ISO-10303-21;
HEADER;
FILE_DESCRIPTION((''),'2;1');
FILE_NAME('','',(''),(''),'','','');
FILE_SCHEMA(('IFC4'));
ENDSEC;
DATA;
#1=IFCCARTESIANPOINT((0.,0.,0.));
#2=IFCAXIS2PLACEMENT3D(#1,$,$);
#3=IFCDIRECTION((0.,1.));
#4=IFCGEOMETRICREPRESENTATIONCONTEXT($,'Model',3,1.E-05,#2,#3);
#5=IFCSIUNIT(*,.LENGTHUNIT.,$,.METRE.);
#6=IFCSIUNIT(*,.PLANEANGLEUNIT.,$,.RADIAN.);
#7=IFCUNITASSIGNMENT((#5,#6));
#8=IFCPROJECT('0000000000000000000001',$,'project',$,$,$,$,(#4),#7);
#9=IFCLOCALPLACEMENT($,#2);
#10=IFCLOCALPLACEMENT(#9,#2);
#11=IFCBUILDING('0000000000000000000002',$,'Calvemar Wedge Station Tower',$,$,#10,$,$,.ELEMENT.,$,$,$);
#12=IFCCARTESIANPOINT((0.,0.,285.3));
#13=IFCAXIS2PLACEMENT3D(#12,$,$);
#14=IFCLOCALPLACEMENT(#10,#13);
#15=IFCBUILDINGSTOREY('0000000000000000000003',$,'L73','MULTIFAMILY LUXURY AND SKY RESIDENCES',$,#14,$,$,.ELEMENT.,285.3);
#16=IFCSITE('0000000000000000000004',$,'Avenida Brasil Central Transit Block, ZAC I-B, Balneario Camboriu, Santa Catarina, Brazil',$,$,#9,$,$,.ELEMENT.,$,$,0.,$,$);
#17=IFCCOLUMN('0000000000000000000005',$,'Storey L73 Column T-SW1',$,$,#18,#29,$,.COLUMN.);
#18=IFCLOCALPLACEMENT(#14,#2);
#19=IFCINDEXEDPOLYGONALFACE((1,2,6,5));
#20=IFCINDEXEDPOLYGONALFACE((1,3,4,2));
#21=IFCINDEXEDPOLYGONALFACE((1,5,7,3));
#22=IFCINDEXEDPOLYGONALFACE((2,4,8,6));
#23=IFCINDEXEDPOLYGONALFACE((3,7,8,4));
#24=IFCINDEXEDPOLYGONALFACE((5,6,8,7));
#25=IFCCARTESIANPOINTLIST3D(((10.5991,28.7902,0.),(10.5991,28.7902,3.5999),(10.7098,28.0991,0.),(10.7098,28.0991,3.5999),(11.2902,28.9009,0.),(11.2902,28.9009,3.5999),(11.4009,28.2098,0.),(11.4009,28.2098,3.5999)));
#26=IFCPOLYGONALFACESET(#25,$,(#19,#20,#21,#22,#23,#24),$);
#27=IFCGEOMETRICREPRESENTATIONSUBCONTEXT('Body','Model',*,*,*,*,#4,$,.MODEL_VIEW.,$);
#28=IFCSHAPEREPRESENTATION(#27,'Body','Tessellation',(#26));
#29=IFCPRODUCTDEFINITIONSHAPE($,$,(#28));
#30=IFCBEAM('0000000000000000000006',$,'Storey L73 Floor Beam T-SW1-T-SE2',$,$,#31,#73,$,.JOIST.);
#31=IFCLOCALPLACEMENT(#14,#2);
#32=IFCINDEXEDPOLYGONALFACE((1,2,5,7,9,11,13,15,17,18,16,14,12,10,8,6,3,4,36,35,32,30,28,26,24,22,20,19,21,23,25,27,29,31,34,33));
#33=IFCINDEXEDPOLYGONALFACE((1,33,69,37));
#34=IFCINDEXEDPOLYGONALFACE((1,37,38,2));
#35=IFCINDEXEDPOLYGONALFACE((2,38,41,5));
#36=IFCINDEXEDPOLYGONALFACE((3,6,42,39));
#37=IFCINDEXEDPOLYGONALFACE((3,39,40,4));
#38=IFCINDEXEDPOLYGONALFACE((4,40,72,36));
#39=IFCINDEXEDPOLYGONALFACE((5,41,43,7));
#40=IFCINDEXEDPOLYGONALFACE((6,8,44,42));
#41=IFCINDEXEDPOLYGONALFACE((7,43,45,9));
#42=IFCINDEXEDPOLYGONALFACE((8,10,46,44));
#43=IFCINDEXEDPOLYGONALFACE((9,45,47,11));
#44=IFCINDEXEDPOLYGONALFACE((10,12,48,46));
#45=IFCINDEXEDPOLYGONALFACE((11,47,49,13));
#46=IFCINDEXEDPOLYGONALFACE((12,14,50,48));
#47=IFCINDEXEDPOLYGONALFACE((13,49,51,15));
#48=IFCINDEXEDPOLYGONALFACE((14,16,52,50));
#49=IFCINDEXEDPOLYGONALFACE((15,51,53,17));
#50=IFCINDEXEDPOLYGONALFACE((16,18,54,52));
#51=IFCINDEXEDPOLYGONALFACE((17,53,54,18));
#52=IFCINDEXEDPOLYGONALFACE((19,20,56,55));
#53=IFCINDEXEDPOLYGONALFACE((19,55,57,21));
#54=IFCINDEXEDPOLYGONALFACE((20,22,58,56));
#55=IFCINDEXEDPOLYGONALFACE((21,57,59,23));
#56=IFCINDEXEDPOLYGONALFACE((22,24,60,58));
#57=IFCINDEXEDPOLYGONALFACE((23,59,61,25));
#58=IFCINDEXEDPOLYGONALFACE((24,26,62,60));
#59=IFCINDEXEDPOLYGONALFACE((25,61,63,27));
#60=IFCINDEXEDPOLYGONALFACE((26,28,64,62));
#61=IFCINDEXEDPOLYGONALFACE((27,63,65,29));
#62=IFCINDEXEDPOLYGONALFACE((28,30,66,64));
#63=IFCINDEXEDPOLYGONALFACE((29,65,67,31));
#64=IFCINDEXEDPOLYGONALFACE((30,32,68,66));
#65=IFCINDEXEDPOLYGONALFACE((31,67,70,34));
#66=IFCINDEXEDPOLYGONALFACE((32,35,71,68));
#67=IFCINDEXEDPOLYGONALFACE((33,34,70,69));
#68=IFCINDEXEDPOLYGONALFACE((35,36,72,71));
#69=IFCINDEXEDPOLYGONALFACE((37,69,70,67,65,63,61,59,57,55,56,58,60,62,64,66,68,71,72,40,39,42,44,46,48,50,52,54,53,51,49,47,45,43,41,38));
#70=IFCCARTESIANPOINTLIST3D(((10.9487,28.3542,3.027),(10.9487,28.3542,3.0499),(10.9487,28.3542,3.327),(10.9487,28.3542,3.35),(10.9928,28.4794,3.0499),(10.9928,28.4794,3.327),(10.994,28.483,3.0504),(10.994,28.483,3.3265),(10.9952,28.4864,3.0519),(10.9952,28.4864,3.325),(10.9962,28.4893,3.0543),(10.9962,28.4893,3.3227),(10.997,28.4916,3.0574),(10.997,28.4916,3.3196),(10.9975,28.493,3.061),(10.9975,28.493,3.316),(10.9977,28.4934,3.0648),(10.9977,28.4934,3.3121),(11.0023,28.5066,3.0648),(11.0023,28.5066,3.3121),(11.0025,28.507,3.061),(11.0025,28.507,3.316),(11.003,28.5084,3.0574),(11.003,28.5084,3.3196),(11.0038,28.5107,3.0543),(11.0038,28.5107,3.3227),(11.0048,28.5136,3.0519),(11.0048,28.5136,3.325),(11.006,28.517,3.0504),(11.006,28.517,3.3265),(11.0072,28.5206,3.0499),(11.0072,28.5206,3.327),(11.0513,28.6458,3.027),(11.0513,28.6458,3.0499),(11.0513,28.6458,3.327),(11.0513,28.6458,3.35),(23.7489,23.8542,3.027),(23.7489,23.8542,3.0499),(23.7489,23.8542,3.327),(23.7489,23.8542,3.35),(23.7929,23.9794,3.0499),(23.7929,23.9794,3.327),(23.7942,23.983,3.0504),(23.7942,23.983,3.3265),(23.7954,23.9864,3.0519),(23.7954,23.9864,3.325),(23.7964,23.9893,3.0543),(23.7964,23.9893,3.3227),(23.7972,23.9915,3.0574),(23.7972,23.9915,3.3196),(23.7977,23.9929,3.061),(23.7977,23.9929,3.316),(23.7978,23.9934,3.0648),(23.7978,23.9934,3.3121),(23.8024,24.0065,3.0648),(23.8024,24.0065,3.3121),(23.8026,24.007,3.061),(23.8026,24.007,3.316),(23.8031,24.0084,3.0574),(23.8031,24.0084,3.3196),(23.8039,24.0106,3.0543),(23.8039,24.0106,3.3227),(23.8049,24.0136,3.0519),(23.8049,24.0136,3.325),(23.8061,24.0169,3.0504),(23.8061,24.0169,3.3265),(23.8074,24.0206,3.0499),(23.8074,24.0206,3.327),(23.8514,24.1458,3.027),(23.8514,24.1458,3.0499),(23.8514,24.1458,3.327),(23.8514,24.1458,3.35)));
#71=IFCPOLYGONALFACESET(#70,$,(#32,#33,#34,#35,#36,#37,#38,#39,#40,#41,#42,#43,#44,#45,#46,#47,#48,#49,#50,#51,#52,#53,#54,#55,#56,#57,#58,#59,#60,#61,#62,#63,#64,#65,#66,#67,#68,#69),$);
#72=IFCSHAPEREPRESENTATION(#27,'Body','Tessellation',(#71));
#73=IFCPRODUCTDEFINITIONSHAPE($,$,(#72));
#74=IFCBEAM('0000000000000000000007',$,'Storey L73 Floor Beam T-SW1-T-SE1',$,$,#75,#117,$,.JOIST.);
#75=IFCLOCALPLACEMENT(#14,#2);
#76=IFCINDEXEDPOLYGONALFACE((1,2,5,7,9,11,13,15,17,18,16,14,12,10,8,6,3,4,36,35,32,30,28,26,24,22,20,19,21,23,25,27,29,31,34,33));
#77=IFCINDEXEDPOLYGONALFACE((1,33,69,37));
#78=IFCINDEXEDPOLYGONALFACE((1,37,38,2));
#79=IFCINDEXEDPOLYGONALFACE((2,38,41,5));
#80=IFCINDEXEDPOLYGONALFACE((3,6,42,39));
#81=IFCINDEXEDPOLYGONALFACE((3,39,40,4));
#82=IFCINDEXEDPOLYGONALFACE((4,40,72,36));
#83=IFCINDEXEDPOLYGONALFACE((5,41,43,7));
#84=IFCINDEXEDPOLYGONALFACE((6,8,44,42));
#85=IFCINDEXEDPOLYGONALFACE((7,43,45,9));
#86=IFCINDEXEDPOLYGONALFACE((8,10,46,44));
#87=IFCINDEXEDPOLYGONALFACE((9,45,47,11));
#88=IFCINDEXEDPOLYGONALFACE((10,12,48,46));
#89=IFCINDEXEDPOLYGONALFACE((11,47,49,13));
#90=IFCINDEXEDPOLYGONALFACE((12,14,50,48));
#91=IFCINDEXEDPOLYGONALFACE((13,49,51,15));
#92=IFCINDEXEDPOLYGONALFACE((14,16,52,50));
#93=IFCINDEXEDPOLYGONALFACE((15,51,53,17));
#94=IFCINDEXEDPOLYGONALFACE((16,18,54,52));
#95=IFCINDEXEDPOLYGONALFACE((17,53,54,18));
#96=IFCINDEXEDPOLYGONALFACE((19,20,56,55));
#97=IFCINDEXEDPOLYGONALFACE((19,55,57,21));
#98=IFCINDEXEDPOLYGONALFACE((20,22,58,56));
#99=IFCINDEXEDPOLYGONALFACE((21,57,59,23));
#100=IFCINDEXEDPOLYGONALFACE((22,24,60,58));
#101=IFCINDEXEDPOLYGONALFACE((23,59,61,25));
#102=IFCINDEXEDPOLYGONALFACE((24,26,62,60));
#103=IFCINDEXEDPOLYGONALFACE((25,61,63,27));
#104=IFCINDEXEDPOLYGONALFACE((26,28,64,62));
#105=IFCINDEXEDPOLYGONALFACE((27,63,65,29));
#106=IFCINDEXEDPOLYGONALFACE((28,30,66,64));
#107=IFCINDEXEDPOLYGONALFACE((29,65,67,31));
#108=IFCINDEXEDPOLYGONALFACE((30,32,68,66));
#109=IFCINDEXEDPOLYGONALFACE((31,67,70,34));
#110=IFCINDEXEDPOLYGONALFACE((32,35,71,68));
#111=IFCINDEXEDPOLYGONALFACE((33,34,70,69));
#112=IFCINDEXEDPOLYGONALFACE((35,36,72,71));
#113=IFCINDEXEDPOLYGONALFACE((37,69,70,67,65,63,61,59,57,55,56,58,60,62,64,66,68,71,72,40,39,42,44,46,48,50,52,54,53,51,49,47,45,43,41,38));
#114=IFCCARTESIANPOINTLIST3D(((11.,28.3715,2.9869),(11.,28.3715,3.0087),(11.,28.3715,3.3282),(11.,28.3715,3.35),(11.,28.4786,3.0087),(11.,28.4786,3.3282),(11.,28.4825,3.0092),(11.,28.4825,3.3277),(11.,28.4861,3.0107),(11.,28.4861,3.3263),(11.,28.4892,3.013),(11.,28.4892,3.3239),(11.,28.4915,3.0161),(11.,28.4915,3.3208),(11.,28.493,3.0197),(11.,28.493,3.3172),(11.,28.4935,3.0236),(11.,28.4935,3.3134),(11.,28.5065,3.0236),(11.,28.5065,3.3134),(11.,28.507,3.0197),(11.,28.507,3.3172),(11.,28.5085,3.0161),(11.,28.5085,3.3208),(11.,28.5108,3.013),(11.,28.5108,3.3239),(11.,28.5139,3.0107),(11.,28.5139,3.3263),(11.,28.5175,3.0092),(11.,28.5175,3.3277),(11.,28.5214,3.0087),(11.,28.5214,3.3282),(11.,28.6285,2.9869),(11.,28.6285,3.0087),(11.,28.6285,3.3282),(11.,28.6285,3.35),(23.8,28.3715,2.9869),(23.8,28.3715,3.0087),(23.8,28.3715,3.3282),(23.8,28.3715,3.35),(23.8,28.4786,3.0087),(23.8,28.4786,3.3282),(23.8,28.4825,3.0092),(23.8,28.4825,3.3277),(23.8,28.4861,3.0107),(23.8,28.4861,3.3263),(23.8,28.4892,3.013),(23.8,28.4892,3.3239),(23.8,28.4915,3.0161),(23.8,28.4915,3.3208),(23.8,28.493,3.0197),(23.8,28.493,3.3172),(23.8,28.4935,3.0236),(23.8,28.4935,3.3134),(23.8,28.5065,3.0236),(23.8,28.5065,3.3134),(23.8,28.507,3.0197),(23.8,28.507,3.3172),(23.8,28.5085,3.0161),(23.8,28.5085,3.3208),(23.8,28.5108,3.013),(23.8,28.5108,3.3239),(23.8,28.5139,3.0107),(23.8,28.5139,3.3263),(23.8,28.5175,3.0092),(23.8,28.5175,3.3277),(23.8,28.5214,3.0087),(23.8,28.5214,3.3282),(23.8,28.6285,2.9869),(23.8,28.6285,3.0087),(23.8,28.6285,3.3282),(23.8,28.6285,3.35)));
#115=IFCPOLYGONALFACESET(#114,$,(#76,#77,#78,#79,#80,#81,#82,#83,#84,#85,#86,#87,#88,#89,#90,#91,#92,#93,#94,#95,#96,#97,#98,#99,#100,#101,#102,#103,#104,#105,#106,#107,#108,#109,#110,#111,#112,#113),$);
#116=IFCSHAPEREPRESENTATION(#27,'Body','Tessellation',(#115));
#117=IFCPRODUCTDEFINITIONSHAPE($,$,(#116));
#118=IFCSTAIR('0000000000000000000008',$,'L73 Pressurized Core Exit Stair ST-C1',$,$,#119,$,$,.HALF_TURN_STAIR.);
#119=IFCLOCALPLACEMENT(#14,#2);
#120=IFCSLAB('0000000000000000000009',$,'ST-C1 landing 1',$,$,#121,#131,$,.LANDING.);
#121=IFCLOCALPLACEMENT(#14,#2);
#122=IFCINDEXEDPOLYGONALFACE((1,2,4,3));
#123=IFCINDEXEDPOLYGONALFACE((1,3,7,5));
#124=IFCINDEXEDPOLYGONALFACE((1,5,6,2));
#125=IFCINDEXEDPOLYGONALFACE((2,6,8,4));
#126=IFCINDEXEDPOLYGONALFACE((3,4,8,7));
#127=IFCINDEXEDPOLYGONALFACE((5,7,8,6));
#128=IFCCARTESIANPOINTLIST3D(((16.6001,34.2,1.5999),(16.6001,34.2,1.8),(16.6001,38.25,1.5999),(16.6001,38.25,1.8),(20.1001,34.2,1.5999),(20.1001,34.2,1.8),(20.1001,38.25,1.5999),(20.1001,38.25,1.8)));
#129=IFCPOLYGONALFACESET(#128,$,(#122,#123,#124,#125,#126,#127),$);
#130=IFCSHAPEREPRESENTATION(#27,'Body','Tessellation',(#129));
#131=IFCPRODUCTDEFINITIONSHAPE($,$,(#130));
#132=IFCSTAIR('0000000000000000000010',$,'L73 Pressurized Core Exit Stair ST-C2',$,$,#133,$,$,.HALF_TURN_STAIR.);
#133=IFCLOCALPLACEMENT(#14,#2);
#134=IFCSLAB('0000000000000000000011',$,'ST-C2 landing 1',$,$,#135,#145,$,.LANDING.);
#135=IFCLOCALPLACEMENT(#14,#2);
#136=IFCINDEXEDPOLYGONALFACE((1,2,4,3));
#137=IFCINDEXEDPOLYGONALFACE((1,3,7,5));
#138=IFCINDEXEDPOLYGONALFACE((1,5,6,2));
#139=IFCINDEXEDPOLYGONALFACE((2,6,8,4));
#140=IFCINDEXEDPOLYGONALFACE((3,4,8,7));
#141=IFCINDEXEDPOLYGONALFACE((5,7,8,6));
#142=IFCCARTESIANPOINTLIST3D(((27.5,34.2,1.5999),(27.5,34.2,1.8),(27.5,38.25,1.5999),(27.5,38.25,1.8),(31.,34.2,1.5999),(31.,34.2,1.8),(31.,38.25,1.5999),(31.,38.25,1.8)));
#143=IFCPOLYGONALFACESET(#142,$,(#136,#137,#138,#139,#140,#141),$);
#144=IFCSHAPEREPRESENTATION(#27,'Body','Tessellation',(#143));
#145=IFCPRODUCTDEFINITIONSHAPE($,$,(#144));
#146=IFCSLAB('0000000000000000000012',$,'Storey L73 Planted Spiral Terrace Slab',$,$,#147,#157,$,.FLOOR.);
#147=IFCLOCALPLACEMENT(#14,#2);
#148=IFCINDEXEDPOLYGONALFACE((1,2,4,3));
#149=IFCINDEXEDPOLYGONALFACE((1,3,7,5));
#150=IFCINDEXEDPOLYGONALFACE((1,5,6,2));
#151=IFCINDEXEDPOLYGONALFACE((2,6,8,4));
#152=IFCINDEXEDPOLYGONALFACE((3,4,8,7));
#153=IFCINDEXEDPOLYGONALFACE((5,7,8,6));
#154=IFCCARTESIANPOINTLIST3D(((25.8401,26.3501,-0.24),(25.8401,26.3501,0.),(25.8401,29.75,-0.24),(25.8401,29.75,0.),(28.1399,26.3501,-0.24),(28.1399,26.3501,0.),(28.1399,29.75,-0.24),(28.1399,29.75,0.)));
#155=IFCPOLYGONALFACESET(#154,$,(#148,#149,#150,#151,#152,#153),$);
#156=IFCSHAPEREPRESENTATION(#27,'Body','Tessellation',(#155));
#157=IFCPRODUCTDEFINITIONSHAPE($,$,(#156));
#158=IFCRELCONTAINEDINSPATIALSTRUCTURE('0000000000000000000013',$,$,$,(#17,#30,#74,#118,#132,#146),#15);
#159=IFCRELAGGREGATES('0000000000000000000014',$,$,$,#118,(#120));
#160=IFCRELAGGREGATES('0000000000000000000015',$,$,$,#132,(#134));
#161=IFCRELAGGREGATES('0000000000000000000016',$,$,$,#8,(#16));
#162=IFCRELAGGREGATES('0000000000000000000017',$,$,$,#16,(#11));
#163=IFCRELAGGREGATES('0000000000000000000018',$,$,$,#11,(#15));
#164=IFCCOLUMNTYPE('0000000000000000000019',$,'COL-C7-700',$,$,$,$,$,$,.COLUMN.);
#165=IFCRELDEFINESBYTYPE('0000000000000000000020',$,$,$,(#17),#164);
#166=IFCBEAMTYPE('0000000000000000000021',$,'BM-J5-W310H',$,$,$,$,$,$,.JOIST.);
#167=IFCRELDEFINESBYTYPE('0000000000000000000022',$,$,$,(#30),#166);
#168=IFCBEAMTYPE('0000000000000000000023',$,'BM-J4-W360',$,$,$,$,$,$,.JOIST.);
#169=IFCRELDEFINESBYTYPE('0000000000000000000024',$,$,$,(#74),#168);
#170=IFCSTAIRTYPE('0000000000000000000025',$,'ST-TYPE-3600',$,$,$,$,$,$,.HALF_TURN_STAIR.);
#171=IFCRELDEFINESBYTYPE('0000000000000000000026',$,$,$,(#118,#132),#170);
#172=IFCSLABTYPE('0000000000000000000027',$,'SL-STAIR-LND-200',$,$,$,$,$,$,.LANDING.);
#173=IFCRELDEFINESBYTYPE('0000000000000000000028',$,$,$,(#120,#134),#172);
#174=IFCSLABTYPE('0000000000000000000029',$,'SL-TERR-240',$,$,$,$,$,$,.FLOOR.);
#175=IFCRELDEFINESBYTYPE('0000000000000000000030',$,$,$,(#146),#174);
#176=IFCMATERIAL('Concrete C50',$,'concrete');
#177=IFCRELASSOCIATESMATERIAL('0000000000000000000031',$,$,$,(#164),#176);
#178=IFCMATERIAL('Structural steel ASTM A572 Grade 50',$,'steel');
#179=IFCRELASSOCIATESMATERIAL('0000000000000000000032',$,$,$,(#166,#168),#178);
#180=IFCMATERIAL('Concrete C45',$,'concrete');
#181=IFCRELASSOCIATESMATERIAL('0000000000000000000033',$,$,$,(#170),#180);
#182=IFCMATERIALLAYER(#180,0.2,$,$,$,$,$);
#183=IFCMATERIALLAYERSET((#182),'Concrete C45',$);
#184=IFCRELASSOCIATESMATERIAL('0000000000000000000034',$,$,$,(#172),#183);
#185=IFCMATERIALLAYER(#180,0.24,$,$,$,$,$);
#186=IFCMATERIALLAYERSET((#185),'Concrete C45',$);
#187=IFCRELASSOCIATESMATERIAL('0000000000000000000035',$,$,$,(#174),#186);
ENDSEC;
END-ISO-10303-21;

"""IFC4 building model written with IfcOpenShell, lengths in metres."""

from ifc_helpers import new_model, si_unit, direction, frame, origin, origin_2d, place, context, subcontext, project, spatial, polyline, rectangle, i_section, outline, extrude, source, transform, mapped, material, layer, layer_set, material_profile, profile_set, type_object, element, aggregate, save


model = new_model("IFC4")

# Units and contexts
model_context = context("Model", 3, precision=1e-05, world=origin(), true_north=direction((0.0, 1.0)))
body_context = subcontext(model_context, "Body", "Model", "MODEL_VIEW")
ifc_project = project(units=[si_unit("LENGTHUNIT", "METRE"), si_unit("PLANEANGLEUNIT", "RADIAN")], contexts=[model_context])

# Site, building, storey
site_placement = place(None, origin())
site = spatial("IfcSite", under=ifc_project, at=site_placement, Name="Avenida Brasil Central Transit Block, ZAC I-B, Balneario Camboriu, Santa Catarina, Brazil", CompositionType="ELEMENT", RefElevation=0.0)
building_placement = place(site_placement, origin())
building = spatial("IfcBuilding", under=site, at=building_placement, Name="Calvemar Wedge Station Tower", CompositionType="ELEMENT")
storey_placement = place(building_placement, frame((0.0, 0.0, 285.3)))
storey = spatial("IfcBuildingStorey", under=building, at=storey_placement, Name="L73", Description="MULTIFAMILY LUXURY AND SKY RESIDENCES", CompositionType="ELEMENT", Elevation=285.3)

# Column
ifc_material_1 = material(Name="Concrete C50", Category="concrete")
ifc_material_profile_1 = material_profile(ifc_material_1, rectangle(XDim=0.7, YDim=0.7, at=origin_2d()), Name="RC700x700")
ifc_profile_set_1 = profile_set([ifc_material_profile_1], Name="Concrete C50")
column_type = type_object("IfcColumnType", Name="COL-C7-700", PredefinedType="COLUMN", material=ifc_profile_set_1)
shared_shape_1 = source(origin(), body_context, "Body", "SweptSolid", [
    extrude(rectangle(XDim=0.7, YDim=0.7, at=origin_2d()), origin(), (0.0, 0.0, 1.0), 3.5999),
])
column_placement = place(storey_placement, frame((11.0, 28.5, 0.0), z_axis=(0.0, 0.0, 1.0), x_axis=(0.158158, -0.987414, 0.0)))
element("IfcColumn", 1, at=column_placement, inside=storey, type_object=column_type, Name="Storey L73 Column T-SW1", PredefinedType="COLUMN", context=body_context, shape_type="MappedRepresentation", body=[
    mapped(shared_shape_1, transform((0.0, 0.0, 0.0), scale=1.0)),
])

# Beams
ifc_material_2 = material(Name="Structural steel ASTM A572 Grade 50", Category="steel")
ifc_material_profile_2 = material_profile(ifc_material_2, i_section(OverallWidth=0.3091, OverallDepth=0.323, WebThickness=0.0139, FlangeThickness=0.0229, FilletRadius=0.0149, at=origin_2d()), Name="W310x143")
ifc_profile_set_2 = profile_set([ifc_material_profile_2], Name="Structural steel ASTM A572 Grade 50")
beam_type_1 = type_object("IfcBeamType", Name="BM-J5-W310H", PredefinedType="JOIST", material=ifc_profile_set_2)
shared_shape_2 = source(origin(), body_context, "Body", "SweptSolid", [
    extrude(i_section(OverallWidth=0.3091, OverallDepth=0.323, WebThickness=0.0139, FlangeThickness=0.0229, FilletRadius=0.0149, at=origin_2d()), origin(), (0.0, 0.0, 1.0), 13.5681),
])
beam_1_placement = place(storey_placement, frame((11.0, 28.5, 3.1885), z_axis=(0.943398, -0.331662, 0.0), x_axis=(0.331662, 0.943398, 0.0)))
element("IfcBeam", 2, at=beam_1_placement, inside=storey, type_object=beam_type_1, Name="Storey L73 Floor Beam T-SW1-T-SE2", PredefinedType="JOIST", context=body_context, shape_type="MappedRepresentation", body=[
    mapped(shared_shape_2, transform((0.0, 0.0, 0.0), scale=1.0)),
])
ifc_material_profile_3 = material_profile(ifc_material_2, i_section(OverallWidth=0.2571, OverallDepth=0.363, WebThickness=0.0129, FlangeThickness=0.0217, FilletRadius=0.0149, at=origin_2d()), Name="W360x122")
ifc_profile_set_3 = profile_set([ifc_material_profile_3], Name="Structural steel ASTM A572 Grade 50")
beam_type_2 = type_object("IfcBeamType", Name="BM-J4-W360", PredefinedType="JOIST", material=ifc_profile_set_3)
shared_shape_3 = source(origin(), body_context, "Body", "SweptSolid", [
    extrude(i_section(OverallWidth=0.2571, OverallDepth=0.363, WebThickness=0.0129, FlangeThickness=0.0217, FilletRadius=0.0149, at=origin_2d()), origin(), (0.0, 0.0, 1.0), 12.8),
])
beam_2_placement = place(storey_placement, frame((11.0, 28.5, 3.1685), z_axis=(1.0, 0.0, 0.0), x_axis=(0.0, 1.0, 0.0)))
element("IfcBeam", 3, at=beam_2_placement, inside=storey, type_object=beam_type_2, Name="Storey L73 Floor Beam T-SW1-T-SE1", PredefinedType="JOIST", context=body_context, shape_type="MappedRepresentation", body=[
    mapped(shared_shape_3, transform((0.0, 0.0, 0.0), scale=1.0)),
])

# Stairs, slabs
ifc_material_3 = material(Name="Concrete C45", Category="concrete")
stair_type = type_object("IfcStairType", Name="ST-TYPE-3600", PredefinedType="HALF_TURN_STAIR", material=ifc_material_3)
stair_1_placement = place(storey_placement, origin())
stair_1 = element("IfcStair", 4, at=stair_1_placement, inside=storey, type_object=stair_type, Name="L73 Pressurized Core Exit Stair ST-C1", PredefinedType="HALF_TURN_STAIR")
ifc_layer_1 = layer(ifc_material_3, 0.2)
ifc_layer_set_1 = layer_set([ifc_layer_1], Name="Concrete C45")
slab_type_1 = type_object("IfcSlabType", Name="SL-STAIR-LND-200", PredefinedType="LANDING", material=ifc_layer_set_1)
slab_1_placement = place(storey_placement, frame((0.0, 0.0, 1.5999)))
slab_1 = element("IfcSlab", 5, at=slab_1_placement, type_object=slab_type_1, Name="ST-C1 landing 1", PredefinedType="LANDING", context=body_context, shape_type="SweptSolid", body=[
    extrude(outline(polyline([(16.6001, 38.25), (16.6001, 34.2), (20.1001, 34.2), (20.1001, 38.25), (16.6001, 38.25)])), origin(), (0.0, 0.0, 1.0), 0.2002),
])
aggregate(stair_1, [slab_1])
stair_2_placement = place(storey_placement, origin())
stair_2 = element("IfcStair", 6, at=stair_2_placement, inside=storey, type_object=stair_type, Name="L73 Pressurized Core Exit Stair ST-C2", PredefinedType="HALF_TURN_STAIR")
slab_2_placement = place(storey_placement, frame((0.0, 0.0, 1.5999)))
slab_2 = element("IfcSlab", 7, at=slab_2_placement, type_object=slab_type_1, Name="ST-C2 landing 1", PredefinedType="LANDING", context=body_context, shape_type="SweptSolid", body=[
    extrude(outline(polyline([(27.5, 38.25), (27.5, 34.2), (31.0, 34.2), (31.0, 38.25), (27.5, 38.25)])), origin(), (0.0, 0.0, 1.0), 0.2002),
])
aggregate(stair_2, [slab_2])

# Slab
ifc_layer_2 = layer(ifc_material_3, 0.24)
ifc_layer_set_2 = layer_set([ifc_layer_2], Name="Concrete C45")
slab_type_2 = type_object("IfcSlabType", Name="SL-TERR-240", PredefinedType="FLOOR", material=ifc_layer_set_2)
slab_3_placement = place(storey_placement, frame((0.0, 0.0, -0.24)))
element("IfcSlab", 8, at=slab_3_placement, inside=storey, type_object=slab_type_2, Name="Storey L73 Planted Spiral Terrace Slab", PredefinedType="FLOOR", context=body_context, shape_type="SweptSolid", body=[
    extrude(outline(polyline([(25.8401, 26.3501), (28.1399, 26.3501), (28.1399, 29.75), (25.8401, 29.75), (25.8401, 26.3501)])), origin(), (0.0, 0.0, 1.0), 0.24),
])

save(model, "model.ifc")
